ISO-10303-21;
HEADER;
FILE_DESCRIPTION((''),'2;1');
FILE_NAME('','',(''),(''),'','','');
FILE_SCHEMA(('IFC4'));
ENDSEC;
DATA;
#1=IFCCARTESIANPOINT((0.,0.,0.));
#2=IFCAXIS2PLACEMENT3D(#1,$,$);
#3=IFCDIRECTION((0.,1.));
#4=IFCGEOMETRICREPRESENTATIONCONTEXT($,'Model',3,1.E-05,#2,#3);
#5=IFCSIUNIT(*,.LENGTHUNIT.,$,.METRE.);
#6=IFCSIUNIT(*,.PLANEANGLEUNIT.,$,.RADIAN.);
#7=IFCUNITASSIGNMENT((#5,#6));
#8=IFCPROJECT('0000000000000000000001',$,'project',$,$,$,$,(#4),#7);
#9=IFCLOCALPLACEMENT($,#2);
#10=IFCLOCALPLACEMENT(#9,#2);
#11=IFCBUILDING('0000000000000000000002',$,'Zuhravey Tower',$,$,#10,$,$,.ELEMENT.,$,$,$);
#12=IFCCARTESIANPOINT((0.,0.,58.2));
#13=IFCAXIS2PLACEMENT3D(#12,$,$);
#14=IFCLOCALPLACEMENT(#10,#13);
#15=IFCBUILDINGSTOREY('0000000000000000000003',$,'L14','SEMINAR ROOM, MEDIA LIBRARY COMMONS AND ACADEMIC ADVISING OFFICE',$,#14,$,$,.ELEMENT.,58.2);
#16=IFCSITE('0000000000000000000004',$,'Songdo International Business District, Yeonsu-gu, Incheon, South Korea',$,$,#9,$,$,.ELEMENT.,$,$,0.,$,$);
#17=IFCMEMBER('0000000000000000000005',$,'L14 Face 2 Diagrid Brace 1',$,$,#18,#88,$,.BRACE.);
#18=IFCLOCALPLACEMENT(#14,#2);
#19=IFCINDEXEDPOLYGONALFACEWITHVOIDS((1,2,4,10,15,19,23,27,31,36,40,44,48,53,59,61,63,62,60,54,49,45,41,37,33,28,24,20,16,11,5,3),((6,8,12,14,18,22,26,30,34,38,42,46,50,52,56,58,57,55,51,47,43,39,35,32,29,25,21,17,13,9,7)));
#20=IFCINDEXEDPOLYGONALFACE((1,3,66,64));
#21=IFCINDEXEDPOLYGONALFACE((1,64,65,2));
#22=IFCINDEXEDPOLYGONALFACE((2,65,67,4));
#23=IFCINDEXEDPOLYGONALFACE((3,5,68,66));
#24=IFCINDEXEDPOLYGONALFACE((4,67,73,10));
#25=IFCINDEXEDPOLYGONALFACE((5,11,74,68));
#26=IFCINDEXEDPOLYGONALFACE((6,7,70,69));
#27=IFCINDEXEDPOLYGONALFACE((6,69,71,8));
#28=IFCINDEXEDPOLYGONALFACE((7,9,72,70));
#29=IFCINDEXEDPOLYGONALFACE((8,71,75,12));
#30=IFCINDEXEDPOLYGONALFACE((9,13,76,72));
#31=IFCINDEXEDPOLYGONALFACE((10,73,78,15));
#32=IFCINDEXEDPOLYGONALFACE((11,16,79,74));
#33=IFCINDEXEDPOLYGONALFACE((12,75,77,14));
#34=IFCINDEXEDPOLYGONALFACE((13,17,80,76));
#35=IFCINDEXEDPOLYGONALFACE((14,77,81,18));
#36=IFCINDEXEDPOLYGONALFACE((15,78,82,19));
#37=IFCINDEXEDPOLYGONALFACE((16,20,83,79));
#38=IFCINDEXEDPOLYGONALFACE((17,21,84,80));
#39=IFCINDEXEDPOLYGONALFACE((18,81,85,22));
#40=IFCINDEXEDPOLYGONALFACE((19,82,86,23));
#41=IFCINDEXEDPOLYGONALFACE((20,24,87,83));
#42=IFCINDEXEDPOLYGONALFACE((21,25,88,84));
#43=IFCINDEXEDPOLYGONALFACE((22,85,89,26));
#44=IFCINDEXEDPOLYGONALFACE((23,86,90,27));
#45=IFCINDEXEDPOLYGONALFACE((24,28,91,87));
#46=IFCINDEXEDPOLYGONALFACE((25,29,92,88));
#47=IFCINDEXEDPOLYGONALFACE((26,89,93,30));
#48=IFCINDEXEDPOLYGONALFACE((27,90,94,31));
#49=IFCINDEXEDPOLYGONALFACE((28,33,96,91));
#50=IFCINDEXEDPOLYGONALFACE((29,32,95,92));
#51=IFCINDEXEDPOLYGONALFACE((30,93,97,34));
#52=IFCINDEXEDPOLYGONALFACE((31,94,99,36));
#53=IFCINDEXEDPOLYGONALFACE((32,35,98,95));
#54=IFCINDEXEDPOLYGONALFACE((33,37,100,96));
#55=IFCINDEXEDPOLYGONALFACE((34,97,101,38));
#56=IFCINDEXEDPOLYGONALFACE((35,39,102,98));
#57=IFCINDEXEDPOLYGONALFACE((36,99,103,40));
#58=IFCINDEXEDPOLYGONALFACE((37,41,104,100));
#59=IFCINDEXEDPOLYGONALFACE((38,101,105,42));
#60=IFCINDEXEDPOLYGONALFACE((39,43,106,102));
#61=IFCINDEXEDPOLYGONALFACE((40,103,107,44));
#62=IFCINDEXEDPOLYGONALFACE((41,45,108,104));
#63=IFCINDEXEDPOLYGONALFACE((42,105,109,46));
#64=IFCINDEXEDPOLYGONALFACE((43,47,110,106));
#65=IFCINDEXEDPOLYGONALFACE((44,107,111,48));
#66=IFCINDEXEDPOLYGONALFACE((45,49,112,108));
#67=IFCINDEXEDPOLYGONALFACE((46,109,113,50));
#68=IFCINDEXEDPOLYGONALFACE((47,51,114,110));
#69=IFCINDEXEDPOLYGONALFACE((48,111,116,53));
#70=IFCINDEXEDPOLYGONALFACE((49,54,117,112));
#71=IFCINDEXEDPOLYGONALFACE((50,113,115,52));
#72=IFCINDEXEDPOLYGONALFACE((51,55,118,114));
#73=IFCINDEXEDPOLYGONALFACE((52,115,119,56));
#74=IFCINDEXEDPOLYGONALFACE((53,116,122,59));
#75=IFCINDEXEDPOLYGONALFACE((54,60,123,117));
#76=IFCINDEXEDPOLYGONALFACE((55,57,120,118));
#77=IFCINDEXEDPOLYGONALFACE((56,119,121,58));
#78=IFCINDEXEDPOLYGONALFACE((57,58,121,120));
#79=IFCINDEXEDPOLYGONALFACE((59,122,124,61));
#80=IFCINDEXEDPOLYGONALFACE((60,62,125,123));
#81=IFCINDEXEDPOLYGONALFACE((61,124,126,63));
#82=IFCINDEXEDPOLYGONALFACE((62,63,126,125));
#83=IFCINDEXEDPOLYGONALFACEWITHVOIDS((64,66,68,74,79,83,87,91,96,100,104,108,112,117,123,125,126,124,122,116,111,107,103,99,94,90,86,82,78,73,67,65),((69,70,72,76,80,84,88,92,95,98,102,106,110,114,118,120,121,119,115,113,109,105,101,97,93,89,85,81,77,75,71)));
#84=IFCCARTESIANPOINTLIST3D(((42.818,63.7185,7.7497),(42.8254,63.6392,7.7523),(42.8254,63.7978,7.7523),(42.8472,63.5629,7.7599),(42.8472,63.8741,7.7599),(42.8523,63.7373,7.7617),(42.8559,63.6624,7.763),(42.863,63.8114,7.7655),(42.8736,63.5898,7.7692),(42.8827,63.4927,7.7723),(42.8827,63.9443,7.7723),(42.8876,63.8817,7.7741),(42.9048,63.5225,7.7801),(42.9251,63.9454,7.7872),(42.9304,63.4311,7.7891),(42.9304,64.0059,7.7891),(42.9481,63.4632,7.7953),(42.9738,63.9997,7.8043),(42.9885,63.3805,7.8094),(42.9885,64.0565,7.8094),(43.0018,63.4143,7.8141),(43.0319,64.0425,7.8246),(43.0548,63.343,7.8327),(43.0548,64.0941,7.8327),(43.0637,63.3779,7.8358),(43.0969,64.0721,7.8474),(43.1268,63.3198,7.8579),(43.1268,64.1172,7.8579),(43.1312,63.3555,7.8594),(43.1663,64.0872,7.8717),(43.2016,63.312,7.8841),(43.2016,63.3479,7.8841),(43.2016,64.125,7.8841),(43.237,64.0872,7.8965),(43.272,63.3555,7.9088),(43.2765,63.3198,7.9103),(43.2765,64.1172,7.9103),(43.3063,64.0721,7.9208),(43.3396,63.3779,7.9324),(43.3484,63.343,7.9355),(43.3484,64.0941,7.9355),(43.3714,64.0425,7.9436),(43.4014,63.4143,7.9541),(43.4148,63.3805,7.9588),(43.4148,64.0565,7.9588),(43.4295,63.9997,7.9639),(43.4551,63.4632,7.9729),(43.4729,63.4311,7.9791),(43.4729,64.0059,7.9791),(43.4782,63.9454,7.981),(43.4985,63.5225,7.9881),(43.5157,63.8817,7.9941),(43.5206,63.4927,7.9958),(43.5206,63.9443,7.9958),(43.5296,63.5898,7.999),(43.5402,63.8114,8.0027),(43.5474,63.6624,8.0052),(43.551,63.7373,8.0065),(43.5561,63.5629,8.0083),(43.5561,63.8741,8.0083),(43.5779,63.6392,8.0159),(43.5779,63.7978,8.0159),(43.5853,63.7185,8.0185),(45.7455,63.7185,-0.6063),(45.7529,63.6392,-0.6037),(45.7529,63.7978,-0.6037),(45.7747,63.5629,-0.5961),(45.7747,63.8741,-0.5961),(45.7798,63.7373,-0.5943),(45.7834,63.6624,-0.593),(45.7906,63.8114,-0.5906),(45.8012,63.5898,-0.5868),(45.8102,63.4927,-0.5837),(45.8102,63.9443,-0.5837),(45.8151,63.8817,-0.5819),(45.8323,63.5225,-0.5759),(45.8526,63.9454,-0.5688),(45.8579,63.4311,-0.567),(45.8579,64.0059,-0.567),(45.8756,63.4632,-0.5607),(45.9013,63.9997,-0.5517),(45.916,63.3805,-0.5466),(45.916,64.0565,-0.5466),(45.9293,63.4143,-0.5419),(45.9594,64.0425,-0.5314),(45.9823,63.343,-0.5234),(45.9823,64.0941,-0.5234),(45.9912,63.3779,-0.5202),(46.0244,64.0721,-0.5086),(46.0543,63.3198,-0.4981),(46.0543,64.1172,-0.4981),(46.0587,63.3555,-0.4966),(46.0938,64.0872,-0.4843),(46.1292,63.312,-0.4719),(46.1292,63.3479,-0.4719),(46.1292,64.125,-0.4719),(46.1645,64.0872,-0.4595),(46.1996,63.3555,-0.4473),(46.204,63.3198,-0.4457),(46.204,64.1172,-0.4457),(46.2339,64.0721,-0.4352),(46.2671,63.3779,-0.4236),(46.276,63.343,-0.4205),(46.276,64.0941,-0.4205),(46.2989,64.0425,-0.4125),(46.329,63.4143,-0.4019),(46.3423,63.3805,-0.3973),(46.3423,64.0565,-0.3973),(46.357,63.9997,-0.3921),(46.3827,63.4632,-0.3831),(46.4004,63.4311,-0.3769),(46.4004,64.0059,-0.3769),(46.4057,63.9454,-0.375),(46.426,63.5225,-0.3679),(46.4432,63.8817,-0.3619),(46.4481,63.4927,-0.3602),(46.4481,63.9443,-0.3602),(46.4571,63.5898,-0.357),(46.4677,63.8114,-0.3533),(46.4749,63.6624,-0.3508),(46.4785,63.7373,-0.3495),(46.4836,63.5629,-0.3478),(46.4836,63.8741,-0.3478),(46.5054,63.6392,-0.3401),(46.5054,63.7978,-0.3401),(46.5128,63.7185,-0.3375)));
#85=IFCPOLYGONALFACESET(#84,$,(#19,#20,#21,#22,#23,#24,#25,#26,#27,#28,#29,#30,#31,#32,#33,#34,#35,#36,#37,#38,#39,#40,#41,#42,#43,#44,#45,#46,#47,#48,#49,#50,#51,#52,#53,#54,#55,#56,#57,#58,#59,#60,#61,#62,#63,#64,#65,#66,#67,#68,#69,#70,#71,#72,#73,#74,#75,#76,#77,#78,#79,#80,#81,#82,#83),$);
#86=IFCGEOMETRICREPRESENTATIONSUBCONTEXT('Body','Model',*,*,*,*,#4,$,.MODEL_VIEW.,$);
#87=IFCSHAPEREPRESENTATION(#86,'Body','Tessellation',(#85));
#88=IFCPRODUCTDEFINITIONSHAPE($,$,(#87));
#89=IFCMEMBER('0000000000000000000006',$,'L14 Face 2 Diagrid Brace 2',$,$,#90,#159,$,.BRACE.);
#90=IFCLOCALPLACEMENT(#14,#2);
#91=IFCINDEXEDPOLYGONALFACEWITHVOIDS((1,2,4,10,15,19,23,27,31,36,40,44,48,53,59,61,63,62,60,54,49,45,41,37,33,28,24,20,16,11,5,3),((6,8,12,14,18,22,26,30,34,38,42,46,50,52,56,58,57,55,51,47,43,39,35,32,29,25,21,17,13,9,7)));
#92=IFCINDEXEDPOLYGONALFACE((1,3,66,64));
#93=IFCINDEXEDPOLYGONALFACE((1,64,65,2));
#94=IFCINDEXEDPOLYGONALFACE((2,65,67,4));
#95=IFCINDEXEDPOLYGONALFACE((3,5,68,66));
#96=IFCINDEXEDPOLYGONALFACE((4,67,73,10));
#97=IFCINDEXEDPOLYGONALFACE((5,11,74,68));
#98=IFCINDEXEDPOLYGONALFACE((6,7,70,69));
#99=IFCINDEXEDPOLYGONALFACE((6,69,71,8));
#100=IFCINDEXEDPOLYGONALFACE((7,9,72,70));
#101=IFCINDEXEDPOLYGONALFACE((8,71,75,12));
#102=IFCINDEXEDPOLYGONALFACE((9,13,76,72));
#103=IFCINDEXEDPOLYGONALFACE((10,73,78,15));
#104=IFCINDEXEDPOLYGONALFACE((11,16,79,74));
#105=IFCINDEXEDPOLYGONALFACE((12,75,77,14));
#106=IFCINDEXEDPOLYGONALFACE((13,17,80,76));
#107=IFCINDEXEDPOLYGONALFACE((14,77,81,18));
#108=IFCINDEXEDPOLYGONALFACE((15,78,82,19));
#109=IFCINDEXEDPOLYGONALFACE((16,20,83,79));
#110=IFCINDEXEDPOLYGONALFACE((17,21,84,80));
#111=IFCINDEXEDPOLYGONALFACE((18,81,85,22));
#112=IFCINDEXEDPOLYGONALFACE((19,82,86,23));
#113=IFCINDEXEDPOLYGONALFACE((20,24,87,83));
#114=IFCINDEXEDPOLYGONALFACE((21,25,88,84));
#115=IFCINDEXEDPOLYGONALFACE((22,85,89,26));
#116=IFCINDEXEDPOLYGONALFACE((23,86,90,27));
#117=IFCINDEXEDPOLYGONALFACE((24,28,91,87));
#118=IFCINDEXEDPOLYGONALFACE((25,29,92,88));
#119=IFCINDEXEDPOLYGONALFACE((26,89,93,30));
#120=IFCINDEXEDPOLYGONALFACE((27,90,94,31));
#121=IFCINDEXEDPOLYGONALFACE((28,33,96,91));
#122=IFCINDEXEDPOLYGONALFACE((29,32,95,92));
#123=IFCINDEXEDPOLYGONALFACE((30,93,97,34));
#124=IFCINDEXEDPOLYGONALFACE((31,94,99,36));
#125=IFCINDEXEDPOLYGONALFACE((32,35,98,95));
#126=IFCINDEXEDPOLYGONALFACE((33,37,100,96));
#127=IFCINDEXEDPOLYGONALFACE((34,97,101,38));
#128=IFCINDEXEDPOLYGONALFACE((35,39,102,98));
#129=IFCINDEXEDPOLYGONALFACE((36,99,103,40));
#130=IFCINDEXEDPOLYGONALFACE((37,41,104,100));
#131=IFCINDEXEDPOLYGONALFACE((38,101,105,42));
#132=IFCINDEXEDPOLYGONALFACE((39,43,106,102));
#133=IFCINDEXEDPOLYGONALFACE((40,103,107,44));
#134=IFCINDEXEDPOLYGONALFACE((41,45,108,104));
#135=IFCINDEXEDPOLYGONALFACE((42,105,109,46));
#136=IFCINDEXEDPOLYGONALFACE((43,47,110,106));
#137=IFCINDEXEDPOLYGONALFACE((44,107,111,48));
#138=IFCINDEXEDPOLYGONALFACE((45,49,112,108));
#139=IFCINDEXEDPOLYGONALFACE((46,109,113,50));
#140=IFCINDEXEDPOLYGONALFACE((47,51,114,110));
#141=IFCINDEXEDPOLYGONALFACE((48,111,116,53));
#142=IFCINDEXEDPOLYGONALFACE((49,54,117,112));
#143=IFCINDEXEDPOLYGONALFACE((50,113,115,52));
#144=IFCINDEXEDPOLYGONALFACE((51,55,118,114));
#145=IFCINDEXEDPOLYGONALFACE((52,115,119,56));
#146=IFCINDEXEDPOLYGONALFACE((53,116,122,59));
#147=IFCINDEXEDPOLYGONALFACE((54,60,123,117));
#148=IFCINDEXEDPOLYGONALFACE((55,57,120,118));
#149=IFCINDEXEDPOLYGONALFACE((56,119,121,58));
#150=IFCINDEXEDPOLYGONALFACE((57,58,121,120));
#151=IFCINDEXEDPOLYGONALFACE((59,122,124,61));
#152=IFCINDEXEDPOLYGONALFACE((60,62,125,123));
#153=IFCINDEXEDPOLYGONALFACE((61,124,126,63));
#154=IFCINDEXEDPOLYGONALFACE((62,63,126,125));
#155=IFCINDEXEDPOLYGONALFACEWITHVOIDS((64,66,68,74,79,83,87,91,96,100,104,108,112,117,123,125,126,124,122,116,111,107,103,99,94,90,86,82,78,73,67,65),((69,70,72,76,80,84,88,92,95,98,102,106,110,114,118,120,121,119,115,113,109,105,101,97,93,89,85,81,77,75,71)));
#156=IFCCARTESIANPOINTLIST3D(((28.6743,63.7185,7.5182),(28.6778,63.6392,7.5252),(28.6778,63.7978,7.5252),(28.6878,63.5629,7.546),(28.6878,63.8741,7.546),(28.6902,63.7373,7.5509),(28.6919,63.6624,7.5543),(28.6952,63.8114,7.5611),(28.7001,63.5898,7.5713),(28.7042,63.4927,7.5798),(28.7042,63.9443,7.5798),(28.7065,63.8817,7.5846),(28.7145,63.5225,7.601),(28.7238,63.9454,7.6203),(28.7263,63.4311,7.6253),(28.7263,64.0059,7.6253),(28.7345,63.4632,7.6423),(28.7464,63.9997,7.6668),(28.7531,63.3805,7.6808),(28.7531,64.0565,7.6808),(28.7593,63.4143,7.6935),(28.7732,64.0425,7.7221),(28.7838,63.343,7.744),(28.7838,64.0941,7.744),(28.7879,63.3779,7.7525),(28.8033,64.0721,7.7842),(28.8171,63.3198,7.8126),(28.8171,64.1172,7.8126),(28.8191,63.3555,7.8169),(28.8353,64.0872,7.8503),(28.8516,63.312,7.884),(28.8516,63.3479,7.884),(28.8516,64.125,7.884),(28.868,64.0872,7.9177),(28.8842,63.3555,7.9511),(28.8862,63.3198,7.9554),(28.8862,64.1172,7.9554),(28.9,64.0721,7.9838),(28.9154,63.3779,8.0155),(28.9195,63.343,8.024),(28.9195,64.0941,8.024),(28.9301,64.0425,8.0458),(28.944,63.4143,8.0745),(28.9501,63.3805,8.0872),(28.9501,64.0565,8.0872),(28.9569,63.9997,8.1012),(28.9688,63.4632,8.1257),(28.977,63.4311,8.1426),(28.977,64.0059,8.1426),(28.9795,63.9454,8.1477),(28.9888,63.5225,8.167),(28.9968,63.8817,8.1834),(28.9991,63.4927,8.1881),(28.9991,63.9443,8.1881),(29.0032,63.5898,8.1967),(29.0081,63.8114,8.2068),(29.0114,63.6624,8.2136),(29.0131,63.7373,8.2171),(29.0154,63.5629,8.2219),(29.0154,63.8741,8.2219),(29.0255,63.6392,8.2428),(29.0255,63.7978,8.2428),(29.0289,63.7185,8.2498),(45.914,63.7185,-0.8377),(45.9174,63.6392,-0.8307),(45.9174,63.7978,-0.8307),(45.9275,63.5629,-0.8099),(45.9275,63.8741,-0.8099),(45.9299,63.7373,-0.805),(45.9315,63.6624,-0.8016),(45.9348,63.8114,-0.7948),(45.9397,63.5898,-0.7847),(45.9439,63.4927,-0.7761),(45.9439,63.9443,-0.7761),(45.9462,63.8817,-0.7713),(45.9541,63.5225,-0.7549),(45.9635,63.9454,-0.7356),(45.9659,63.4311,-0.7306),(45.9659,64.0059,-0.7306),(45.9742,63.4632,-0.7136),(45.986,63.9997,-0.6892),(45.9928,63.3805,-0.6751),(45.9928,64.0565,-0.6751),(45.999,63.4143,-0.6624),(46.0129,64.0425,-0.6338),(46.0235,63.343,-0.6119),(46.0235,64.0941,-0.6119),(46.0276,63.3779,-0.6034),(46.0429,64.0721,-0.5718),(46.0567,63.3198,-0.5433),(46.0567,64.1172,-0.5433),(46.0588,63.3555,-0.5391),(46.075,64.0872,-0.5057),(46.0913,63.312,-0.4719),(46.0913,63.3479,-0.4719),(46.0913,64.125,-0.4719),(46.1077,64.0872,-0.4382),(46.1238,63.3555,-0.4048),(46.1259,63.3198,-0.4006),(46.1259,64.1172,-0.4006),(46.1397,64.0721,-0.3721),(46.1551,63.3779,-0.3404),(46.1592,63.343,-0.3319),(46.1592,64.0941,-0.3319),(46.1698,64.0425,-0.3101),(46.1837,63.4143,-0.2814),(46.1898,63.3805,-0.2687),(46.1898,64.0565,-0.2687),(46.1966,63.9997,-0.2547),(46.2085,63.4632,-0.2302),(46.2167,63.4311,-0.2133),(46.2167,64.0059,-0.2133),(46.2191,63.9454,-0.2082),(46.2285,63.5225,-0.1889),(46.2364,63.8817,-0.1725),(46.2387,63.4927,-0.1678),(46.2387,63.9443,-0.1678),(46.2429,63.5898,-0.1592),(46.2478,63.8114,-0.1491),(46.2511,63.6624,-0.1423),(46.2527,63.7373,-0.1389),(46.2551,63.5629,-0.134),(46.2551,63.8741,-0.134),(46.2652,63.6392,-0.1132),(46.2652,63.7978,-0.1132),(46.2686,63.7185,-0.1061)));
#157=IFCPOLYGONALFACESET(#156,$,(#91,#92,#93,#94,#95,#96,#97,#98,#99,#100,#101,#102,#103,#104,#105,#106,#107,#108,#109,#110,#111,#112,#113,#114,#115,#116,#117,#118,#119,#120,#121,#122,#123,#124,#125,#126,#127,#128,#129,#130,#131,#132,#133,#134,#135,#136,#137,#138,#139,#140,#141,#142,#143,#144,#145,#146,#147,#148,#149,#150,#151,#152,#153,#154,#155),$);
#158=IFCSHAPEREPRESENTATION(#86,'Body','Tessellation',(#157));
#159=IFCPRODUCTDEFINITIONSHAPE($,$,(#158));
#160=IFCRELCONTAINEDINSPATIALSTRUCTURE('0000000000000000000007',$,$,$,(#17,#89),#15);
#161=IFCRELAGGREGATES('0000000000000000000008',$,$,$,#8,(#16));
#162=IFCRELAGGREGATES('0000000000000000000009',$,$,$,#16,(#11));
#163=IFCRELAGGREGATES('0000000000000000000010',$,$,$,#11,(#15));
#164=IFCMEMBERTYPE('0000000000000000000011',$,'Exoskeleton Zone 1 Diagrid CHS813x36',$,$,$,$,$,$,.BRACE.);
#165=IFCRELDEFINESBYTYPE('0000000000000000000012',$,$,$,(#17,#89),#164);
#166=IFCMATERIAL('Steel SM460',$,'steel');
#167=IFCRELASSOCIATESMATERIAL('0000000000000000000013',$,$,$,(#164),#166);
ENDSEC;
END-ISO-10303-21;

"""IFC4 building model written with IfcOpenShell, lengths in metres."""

from ifc_helpers import new_model, si_unit, direction, frame, origin, origin_2d, place, context, subcontext, project, spatial, hollow_circle, extrude, material, material_profile, profile_set, type_object, element, save


model = new_model("IFC4")

# Units and contexts
model_context = context("Model", 3, precision=1e-05, world=origin(), true_north=direction((0.0, 1.0)))
body_context = subcontext(model_context, "Body", "Model", "MODEL_VIEW")
ifc_project = project(units=[si_unit("LENGTHUNIT", "METRE"), si_unit("PLANEANGLEUNIT", "RADIAN")], contexts=[model_context])

# Site, building, storey
site_placement = place(None, origin())
site = spatial("IfcSite", under=ifc_project, at=site_placement, Name="Songdo International Business District, Yeonsu-gu, Incheon, South Korea", CompositionType="ELEMENT", RefElevation=0.0)
building_placement = place(site_placement, origin())
building = spatial("IfcBuilding", under=site, at=building_placement, Name="Zuhravey Tower", CompositionType="ELEMENT")
storey_placement = place(building_placement, frame((0.0, 0.0, 58.2)))
storey = spatial("IfcBuildingStorey", under=building, at=storey_placement, Name="L14", Description="SEMINAR ROOM, MEDIA LIBRARY COMMONS AND ACADEMIC ADVISING OFFICE", CompositionType="ELEMENT", Elevation=58.2)

# Members
ifc_material_1 = material(Name="Steel SM460", Category="steel")
ifc_material_profile_1 = material_profile(ifc_material_1, hollow_circle(Radius=0.4065, WallThickness=0.0359, at=origin_2d()), Name="CHS-812.8x36")
ifc_profile_set_1 = profile_set([ifc_material_profile_1], Name="Steel SM460")
member_type_1 = type_object("IfcMemberType", Name="Exoskeleton Zone 1 Diagrid CHS813x36", PredefinedType="BRACE", material=ifc_profile_set_1)
member_1_placement = place(storey_placement, frame((46.1292, 63.7185, -0.4719), z_axis=(-0.330643, 0.0, 0.943756), x_axis=(0.0, -1.0, 0.0)))
element("IfcMember", 1, at=member_1_placement, inside=storey, type_object=member_type_1, Name="L14 Face 2 Diagrid Brace 1", PredefinedType="BRACE", context=body_context, shape_type="SweptSolid", body=[
    extrude(hollow_circle(Radius=0.4065, WallThickness=0.0359, at=origin_2d()), origin(), (0.0, 0.0, 1.0), 8.854),
])
member_2_placement = place(storey_placement, frame((46.0913, 63.7185, -0.4719), z_axis=(-0.89987, 0.0, 0.436159), x_axis=(0.0, -1.0, 0.0)))
element("IfcMember", 2, at=member_2_placement, inside=storey, type_object=member_type_1, Name="L14 Face 2 Diagrid Brace 2", PredefinedType="BRACE", context=body_context, shape_type="SweptSolid", body=[
    extrude(hollow_circle(Radius=0.4065, WallThickness=0.0359, at=origin_2d()), origin(), (0.0, 0.0, 1.0), 19.158),
])

save(model, "model.ifc")
